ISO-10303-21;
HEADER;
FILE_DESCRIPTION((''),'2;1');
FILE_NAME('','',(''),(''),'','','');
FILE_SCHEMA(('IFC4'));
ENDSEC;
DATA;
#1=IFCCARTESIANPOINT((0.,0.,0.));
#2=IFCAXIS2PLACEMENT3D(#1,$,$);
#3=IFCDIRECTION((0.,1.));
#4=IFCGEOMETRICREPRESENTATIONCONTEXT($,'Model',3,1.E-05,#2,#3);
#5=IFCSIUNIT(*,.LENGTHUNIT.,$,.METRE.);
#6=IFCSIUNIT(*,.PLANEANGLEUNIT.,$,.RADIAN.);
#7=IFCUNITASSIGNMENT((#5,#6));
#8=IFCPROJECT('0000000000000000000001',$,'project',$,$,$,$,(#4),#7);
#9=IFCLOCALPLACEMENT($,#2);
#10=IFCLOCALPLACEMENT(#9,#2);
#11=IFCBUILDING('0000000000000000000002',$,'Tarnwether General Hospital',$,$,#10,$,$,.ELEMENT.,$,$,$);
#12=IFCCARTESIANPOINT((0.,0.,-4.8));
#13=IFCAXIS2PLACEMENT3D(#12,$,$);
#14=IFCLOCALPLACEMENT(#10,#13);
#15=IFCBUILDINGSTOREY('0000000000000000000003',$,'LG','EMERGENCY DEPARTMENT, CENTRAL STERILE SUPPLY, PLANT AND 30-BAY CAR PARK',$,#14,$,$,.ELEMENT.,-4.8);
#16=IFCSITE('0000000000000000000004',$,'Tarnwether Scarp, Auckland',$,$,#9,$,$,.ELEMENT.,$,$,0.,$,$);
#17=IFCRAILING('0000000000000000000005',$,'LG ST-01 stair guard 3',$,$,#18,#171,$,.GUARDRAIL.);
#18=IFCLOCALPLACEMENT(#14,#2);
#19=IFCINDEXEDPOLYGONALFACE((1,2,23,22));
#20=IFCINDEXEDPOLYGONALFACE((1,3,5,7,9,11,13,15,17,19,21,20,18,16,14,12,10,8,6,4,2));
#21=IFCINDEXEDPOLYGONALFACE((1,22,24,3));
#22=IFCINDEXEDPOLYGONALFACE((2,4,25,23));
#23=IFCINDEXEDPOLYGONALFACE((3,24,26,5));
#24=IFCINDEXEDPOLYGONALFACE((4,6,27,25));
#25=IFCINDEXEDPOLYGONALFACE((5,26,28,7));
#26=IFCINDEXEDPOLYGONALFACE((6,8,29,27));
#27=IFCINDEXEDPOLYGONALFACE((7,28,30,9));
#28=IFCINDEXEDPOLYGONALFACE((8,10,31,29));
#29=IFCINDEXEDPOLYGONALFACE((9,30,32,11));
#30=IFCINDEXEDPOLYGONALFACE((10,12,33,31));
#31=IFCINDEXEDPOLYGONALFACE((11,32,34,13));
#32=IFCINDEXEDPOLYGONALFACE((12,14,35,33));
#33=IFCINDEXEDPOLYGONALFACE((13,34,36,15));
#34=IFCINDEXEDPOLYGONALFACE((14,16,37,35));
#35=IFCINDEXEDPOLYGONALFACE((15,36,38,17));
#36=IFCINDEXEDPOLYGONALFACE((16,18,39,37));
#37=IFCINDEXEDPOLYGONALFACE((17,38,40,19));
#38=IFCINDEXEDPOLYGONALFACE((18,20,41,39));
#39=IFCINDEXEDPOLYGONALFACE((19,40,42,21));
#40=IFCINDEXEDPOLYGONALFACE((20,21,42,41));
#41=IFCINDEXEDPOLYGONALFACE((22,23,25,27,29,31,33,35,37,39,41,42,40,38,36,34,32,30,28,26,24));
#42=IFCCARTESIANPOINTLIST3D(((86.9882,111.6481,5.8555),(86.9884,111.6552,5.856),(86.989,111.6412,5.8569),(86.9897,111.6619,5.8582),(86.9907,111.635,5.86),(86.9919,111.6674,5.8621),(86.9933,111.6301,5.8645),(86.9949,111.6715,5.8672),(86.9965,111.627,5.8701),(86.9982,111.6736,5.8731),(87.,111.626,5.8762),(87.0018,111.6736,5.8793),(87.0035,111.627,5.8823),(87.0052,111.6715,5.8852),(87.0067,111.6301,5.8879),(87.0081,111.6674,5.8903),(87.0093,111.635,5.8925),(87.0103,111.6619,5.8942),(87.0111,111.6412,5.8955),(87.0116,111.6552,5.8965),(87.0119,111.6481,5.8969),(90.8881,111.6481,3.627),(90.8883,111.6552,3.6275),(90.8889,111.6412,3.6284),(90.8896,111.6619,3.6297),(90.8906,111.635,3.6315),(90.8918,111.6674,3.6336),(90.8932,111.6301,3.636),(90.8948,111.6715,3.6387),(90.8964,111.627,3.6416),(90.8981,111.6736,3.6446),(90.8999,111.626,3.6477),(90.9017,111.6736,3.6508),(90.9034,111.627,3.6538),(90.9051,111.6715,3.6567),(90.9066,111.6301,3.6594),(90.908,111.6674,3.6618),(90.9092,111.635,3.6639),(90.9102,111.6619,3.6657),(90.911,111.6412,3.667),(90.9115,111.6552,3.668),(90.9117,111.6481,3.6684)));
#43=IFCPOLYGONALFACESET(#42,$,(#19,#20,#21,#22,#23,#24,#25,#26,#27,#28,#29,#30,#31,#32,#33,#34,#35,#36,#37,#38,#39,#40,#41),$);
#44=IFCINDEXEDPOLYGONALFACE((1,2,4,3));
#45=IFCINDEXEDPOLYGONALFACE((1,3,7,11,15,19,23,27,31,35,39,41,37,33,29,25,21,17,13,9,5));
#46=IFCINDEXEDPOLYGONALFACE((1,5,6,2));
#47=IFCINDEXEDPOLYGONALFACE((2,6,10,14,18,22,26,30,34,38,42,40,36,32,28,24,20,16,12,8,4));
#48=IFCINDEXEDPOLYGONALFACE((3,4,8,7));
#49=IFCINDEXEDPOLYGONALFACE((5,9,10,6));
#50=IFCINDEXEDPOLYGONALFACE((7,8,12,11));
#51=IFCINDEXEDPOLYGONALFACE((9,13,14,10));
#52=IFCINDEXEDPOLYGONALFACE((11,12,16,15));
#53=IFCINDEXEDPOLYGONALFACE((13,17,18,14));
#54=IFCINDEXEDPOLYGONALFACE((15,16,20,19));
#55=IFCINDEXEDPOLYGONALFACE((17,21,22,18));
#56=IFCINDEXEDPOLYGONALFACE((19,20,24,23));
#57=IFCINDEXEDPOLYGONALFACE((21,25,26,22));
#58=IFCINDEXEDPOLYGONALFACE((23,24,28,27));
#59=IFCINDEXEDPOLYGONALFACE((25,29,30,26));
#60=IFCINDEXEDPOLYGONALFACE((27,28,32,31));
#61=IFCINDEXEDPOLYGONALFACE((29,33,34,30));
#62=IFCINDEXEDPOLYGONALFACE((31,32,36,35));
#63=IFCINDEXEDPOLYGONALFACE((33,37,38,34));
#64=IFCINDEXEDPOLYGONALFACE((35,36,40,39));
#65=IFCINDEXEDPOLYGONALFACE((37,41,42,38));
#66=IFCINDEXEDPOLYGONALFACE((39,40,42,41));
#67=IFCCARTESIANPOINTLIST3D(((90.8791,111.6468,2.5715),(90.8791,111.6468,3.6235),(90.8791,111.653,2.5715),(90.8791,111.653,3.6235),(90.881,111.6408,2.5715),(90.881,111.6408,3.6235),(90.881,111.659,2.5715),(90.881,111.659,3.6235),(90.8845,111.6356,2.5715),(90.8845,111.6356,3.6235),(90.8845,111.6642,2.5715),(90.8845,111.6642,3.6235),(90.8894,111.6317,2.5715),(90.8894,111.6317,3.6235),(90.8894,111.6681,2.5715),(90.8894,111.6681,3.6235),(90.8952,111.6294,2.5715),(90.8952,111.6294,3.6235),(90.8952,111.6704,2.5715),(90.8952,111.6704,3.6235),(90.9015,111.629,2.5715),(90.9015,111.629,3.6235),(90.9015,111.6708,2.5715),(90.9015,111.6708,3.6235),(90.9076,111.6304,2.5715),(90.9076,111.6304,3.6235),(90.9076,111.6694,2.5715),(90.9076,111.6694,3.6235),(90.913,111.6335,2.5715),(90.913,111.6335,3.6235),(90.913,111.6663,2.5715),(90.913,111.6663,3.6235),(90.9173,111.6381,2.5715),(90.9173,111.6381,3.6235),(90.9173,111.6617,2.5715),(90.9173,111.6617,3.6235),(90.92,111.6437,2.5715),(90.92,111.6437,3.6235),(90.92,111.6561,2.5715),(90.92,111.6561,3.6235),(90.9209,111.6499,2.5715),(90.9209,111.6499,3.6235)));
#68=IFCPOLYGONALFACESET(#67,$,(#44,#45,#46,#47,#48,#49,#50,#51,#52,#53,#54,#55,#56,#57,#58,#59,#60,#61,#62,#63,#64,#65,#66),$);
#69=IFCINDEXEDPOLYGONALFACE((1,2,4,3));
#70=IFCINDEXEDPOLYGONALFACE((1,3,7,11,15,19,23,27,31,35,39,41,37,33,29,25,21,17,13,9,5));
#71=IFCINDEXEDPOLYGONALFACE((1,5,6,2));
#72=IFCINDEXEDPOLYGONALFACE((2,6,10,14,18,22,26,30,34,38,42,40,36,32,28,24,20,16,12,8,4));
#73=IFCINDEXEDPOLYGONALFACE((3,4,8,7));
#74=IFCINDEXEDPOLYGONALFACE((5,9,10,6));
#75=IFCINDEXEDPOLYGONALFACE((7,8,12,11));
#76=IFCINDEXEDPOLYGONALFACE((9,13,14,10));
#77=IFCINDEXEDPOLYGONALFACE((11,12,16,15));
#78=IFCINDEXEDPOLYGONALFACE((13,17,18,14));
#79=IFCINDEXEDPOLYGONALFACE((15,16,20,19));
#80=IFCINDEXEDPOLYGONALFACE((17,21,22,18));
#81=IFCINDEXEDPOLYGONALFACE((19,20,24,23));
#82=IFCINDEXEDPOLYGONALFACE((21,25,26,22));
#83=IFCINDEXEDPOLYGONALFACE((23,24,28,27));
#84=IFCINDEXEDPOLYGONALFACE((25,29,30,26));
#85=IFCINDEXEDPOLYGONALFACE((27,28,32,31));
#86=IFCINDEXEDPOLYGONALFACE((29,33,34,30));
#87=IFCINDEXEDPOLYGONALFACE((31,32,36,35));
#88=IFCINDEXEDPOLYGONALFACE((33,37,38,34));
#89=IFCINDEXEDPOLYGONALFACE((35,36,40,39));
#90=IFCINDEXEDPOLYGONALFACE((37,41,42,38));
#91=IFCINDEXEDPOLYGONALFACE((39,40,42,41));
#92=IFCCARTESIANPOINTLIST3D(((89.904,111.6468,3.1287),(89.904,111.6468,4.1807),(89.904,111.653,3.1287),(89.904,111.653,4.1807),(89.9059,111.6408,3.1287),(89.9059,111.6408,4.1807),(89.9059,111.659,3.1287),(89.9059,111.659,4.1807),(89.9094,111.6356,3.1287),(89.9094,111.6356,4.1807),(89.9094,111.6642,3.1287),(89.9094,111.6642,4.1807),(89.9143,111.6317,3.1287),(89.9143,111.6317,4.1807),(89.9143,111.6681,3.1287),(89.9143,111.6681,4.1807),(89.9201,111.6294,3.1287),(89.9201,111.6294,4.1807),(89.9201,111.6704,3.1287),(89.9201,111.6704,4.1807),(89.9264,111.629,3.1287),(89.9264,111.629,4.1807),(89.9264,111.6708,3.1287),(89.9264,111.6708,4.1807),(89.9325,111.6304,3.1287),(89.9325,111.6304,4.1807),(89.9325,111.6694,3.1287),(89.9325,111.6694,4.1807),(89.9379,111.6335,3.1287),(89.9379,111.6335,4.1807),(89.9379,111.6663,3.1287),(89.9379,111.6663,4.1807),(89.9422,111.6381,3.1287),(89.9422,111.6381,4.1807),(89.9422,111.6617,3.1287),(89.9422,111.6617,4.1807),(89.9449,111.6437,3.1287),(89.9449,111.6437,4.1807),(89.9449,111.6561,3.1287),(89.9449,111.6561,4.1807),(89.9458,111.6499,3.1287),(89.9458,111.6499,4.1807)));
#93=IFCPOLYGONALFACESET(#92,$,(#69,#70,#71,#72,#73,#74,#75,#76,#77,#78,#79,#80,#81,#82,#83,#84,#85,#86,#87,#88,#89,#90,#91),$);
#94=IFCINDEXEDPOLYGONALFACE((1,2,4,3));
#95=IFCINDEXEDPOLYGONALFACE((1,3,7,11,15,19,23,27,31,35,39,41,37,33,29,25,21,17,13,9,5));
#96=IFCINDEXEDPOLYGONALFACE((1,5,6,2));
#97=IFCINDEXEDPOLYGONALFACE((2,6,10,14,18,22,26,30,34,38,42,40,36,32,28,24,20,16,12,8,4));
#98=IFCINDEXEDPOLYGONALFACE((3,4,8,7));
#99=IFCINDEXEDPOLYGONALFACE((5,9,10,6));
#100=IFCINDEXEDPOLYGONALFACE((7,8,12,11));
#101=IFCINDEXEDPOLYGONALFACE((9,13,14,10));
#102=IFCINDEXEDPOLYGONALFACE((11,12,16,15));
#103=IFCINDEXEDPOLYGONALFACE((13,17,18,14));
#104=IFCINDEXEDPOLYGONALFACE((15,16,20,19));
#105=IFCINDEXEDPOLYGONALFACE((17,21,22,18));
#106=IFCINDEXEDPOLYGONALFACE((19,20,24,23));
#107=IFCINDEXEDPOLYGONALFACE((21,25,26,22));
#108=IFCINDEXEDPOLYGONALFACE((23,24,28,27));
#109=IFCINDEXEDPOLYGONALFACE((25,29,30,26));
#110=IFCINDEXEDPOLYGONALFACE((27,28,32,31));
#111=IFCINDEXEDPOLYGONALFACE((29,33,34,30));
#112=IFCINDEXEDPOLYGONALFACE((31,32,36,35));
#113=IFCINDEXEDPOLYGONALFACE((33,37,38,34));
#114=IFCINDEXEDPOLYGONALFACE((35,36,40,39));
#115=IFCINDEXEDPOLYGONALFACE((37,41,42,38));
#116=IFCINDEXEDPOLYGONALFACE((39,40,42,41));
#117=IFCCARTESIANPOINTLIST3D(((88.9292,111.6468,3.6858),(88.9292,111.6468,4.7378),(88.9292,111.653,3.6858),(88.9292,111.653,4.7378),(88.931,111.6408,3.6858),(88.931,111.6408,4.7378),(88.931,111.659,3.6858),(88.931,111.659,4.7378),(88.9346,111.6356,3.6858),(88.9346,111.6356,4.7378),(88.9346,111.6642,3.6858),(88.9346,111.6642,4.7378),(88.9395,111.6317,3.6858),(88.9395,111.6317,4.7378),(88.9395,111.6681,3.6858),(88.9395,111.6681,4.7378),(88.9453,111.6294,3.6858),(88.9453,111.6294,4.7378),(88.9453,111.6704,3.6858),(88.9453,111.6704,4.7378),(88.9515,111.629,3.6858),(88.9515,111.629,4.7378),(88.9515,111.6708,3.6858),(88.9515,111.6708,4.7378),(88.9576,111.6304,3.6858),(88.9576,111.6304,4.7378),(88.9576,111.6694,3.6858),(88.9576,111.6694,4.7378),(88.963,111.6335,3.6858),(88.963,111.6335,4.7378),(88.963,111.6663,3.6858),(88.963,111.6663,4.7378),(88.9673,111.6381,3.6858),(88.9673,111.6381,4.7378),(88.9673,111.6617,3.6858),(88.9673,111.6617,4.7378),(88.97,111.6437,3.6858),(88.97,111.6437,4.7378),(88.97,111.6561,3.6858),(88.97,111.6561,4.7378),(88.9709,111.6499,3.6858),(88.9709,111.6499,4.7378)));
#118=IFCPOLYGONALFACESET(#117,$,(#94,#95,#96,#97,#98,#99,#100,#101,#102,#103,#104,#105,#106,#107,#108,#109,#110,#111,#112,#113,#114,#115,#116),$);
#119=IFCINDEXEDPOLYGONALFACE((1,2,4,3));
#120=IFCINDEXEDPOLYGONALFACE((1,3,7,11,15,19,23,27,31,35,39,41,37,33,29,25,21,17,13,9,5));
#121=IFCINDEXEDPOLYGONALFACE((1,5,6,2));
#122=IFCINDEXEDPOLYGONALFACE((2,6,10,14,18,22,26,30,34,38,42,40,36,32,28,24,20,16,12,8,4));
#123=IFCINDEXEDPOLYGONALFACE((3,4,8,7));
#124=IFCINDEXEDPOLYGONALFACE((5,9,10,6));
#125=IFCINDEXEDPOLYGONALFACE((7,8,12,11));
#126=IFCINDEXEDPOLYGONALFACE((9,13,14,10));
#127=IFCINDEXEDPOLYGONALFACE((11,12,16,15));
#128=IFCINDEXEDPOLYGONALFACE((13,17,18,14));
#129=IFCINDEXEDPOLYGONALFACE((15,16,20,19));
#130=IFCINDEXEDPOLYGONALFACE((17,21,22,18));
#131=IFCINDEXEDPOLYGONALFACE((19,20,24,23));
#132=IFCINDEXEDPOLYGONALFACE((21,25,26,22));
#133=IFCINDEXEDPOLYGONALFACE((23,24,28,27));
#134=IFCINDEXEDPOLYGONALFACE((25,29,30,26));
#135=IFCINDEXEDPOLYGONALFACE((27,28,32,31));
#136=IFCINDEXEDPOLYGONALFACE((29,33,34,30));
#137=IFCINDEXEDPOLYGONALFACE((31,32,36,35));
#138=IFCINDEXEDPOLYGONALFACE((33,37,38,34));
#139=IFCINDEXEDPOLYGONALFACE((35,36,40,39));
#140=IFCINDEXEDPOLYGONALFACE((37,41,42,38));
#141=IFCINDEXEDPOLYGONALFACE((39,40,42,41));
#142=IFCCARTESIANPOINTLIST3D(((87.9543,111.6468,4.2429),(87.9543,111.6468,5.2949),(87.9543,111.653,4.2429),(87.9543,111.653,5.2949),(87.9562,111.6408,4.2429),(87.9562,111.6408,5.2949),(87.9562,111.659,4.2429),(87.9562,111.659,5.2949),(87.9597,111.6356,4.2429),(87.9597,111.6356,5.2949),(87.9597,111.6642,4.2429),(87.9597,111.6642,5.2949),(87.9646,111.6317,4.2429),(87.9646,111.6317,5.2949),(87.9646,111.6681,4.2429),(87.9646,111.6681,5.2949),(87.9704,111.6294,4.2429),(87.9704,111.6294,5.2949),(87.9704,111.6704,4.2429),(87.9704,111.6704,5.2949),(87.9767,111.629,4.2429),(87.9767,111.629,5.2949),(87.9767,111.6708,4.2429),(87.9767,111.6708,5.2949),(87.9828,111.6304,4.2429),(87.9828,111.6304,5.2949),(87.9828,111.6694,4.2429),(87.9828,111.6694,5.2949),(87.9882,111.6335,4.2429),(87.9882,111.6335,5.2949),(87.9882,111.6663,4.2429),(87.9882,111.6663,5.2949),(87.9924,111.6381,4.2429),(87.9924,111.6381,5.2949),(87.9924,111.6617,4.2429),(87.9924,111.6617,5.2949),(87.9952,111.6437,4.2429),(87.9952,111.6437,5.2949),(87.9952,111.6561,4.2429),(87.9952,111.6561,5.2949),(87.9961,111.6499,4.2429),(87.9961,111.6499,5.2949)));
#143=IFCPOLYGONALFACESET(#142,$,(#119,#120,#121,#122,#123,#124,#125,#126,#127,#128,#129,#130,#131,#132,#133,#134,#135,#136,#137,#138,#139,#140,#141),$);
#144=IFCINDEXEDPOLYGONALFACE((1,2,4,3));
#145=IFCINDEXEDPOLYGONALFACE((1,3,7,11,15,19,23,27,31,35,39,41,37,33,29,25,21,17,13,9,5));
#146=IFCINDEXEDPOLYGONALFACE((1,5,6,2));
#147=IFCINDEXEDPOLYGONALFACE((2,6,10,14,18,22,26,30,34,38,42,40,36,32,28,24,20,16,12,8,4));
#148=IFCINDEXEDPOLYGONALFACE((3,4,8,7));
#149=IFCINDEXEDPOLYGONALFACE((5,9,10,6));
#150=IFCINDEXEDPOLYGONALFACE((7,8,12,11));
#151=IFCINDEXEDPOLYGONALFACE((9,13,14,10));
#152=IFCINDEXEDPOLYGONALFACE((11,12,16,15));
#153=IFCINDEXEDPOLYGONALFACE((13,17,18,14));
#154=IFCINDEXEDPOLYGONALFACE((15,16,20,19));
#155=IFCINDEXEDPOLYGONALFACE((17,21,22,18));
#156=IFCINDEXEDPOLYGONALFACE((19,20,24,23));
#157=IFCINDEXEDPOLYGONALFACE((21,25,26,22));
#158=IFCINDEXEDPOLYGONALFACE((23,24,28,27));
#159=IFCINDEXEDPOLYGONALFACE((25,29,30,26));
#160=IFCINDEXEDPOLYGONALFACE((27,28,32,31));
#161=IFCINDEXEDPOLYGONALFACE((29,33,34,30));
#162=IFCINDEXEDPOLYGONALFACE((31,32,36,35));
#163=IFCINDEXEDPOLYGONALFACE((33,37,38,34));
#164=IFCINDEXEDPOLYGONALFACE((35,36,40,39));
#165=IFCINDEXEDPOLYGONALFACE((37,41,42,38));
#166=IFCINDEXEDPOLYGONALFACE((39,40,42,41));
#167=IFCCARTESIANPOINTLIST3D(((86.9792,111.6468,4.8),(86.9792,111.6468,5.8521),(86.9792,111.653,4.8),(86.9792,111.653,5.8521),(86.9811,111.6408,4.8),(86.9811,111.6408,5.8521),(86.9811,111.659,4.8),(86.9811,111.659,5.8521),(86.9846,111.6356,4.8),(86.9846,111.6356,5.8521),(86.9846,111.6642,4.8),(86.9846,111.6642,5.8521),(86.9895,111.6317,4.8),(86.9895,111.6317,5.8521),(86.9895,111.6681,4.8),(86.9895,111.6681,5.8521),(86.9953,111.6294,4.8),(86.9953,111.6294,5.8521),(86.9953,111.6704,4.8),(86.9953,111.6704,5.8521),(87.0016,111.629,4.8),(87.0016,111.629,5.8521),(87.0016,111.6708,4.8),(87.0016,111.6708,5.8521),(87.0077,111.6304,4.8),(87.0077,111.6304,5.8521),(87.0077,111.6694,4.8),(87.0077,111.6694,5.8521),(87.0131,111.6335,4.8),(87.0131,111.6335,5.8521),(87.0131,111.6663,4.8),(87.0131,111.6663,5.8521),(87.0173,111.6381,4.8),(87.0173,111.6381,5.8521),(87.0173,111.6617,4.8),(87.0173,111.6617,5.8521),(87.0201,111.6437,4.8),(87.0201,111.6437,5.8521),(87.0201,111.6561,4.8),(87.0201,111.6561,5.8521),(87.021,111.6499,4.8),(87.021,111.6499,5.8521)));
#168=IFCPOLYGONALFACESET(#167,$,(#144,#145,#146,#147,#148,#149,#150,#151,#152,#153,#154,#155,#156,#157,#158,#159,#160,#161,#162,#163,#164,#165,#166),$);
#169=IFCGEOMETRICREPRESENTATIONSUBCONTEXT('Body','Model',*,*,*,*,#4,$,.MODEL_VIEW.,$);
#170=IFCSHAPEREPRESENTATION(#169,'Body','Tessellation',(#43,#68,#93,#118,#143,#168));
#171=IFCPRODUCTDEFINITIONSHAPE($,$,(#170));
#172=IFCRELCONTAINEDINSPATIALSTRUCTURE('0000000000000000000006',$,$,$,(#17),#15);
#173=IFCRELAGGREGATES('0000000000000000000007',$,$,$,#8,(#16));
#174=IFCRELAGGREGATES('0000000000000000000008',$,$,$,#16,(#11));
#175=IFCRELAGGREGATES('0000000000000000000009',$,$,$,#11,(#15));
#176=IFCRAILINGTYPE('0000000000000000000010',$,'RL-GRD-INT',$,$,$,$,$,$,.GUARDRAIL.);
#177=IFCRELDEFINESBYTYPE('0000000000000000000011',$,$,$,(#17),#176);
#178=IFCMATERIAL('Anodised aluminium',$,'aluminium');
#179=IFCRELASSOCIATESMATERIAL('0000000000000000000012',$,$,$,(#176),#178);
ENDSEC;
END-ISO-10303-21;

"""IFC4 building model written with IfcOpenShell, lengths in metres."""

from ifc_helpers import new_model, si_unit, direction, frame, origin, origin_2d, place, context, subcontext, project, spatial, circle, extrude, material, type_object, element, save


model = new_model("IFC4")

# Units and contexts
model_context = context("Model", 3, precision=1e-05, world=origin(), true_north=direction((0.0, 1.0)))
body_context = subcontext(model_context, "Body", "Model", "MODEL_VIEW")
ifc_project = project(units=[si_unit("LENGTHUNIT", "METRE"), si_unit("PLANEANGLEUNIT", "RADIAN")], contexts=[model_context])

# Site, building, storey
site_placement = place(None, origin())
site = spatial("IfcSite", under=ifc_project, at=site_placement, Name="Tarnwether Scarp, Auckland", CompositionType="ELEMENT", RefElevation=0.0)
building_placement = place(site_placement, origin())
building = spatial("IfcBuilding", under=site, at=building_placement, Name="Tarnwether General Hospital", CompositionType="ELEMENT")
storey_placement = place(building_placement, frame((0.0, 0.0, -4.8)))
storey = spatial("IfcBuildingStorey", under=building, at=storey_placement, Name="LG", Description="EMERGENCY DEPARTMENT, CENTRAL STERILE SUPPLY, PLANT AND 30-BAY CAR PARK", CompositionType="ELEMENT", Elevation=-4.8)

# Railing
ifc_material_1 = material(Name="Anodised aluminium", Category="aluminium")
railing_type_1 = type_object("IfcRailingType", Name="RL-GRD-INT", PredefinedType="GUARDRAIL", material=ifc_material_1)
railing_1_placement = place(storey_placement, frame((90.8999, 111.6499, 2.5715)))
element("IfcRailing", 1, at=railing_1_placement, inside=storey, type_object=railing_type_1, Name="LG ST-01 stair guard 3", PredefinedType="GUARDRAIL", context=body_context, shape_type="SweptSolid", body=[
    extrude(circle(Radius=0.0239, at=origin_2d()), frame((0.0, 0.0, 1.0762), z_axis=(-0.868243, 0.0, 0.496139), x_axis=(0.0, -1.0, 0.0)), (0.0, 0.0, 1.0), 4.4917),
    extrude(circle(Radius=0.021, at=origin_2d()), origin(), (0.0, 0.0, 1.0), 1.052),
    extrude(circle(Radius=0.021, at=origin_2d()), frame((-0.9751, 0.0, 0.5571)), (0.0, 0.0, 1.0), 1.052),
    extrude(circle(Radius=0.021, at=origin_2d()), frame((-1.95, 0.0, 1.1143)), (0.0, 0.0, 1.0), 1.052),
    extrude(circle(Radius=0.021, at=origin_2d()), frame((-2.9248, 0.0, 1.6714)), (0.0, 0.0, 1.0), 1.052),
    extrude(circle(Radius=0.021, at=origin_2d()), frame((-3.8999, 0.0, 2.2285)), (0.0, 0.0, 1.0), 1.052),
])

save(model, "model.ifc")
